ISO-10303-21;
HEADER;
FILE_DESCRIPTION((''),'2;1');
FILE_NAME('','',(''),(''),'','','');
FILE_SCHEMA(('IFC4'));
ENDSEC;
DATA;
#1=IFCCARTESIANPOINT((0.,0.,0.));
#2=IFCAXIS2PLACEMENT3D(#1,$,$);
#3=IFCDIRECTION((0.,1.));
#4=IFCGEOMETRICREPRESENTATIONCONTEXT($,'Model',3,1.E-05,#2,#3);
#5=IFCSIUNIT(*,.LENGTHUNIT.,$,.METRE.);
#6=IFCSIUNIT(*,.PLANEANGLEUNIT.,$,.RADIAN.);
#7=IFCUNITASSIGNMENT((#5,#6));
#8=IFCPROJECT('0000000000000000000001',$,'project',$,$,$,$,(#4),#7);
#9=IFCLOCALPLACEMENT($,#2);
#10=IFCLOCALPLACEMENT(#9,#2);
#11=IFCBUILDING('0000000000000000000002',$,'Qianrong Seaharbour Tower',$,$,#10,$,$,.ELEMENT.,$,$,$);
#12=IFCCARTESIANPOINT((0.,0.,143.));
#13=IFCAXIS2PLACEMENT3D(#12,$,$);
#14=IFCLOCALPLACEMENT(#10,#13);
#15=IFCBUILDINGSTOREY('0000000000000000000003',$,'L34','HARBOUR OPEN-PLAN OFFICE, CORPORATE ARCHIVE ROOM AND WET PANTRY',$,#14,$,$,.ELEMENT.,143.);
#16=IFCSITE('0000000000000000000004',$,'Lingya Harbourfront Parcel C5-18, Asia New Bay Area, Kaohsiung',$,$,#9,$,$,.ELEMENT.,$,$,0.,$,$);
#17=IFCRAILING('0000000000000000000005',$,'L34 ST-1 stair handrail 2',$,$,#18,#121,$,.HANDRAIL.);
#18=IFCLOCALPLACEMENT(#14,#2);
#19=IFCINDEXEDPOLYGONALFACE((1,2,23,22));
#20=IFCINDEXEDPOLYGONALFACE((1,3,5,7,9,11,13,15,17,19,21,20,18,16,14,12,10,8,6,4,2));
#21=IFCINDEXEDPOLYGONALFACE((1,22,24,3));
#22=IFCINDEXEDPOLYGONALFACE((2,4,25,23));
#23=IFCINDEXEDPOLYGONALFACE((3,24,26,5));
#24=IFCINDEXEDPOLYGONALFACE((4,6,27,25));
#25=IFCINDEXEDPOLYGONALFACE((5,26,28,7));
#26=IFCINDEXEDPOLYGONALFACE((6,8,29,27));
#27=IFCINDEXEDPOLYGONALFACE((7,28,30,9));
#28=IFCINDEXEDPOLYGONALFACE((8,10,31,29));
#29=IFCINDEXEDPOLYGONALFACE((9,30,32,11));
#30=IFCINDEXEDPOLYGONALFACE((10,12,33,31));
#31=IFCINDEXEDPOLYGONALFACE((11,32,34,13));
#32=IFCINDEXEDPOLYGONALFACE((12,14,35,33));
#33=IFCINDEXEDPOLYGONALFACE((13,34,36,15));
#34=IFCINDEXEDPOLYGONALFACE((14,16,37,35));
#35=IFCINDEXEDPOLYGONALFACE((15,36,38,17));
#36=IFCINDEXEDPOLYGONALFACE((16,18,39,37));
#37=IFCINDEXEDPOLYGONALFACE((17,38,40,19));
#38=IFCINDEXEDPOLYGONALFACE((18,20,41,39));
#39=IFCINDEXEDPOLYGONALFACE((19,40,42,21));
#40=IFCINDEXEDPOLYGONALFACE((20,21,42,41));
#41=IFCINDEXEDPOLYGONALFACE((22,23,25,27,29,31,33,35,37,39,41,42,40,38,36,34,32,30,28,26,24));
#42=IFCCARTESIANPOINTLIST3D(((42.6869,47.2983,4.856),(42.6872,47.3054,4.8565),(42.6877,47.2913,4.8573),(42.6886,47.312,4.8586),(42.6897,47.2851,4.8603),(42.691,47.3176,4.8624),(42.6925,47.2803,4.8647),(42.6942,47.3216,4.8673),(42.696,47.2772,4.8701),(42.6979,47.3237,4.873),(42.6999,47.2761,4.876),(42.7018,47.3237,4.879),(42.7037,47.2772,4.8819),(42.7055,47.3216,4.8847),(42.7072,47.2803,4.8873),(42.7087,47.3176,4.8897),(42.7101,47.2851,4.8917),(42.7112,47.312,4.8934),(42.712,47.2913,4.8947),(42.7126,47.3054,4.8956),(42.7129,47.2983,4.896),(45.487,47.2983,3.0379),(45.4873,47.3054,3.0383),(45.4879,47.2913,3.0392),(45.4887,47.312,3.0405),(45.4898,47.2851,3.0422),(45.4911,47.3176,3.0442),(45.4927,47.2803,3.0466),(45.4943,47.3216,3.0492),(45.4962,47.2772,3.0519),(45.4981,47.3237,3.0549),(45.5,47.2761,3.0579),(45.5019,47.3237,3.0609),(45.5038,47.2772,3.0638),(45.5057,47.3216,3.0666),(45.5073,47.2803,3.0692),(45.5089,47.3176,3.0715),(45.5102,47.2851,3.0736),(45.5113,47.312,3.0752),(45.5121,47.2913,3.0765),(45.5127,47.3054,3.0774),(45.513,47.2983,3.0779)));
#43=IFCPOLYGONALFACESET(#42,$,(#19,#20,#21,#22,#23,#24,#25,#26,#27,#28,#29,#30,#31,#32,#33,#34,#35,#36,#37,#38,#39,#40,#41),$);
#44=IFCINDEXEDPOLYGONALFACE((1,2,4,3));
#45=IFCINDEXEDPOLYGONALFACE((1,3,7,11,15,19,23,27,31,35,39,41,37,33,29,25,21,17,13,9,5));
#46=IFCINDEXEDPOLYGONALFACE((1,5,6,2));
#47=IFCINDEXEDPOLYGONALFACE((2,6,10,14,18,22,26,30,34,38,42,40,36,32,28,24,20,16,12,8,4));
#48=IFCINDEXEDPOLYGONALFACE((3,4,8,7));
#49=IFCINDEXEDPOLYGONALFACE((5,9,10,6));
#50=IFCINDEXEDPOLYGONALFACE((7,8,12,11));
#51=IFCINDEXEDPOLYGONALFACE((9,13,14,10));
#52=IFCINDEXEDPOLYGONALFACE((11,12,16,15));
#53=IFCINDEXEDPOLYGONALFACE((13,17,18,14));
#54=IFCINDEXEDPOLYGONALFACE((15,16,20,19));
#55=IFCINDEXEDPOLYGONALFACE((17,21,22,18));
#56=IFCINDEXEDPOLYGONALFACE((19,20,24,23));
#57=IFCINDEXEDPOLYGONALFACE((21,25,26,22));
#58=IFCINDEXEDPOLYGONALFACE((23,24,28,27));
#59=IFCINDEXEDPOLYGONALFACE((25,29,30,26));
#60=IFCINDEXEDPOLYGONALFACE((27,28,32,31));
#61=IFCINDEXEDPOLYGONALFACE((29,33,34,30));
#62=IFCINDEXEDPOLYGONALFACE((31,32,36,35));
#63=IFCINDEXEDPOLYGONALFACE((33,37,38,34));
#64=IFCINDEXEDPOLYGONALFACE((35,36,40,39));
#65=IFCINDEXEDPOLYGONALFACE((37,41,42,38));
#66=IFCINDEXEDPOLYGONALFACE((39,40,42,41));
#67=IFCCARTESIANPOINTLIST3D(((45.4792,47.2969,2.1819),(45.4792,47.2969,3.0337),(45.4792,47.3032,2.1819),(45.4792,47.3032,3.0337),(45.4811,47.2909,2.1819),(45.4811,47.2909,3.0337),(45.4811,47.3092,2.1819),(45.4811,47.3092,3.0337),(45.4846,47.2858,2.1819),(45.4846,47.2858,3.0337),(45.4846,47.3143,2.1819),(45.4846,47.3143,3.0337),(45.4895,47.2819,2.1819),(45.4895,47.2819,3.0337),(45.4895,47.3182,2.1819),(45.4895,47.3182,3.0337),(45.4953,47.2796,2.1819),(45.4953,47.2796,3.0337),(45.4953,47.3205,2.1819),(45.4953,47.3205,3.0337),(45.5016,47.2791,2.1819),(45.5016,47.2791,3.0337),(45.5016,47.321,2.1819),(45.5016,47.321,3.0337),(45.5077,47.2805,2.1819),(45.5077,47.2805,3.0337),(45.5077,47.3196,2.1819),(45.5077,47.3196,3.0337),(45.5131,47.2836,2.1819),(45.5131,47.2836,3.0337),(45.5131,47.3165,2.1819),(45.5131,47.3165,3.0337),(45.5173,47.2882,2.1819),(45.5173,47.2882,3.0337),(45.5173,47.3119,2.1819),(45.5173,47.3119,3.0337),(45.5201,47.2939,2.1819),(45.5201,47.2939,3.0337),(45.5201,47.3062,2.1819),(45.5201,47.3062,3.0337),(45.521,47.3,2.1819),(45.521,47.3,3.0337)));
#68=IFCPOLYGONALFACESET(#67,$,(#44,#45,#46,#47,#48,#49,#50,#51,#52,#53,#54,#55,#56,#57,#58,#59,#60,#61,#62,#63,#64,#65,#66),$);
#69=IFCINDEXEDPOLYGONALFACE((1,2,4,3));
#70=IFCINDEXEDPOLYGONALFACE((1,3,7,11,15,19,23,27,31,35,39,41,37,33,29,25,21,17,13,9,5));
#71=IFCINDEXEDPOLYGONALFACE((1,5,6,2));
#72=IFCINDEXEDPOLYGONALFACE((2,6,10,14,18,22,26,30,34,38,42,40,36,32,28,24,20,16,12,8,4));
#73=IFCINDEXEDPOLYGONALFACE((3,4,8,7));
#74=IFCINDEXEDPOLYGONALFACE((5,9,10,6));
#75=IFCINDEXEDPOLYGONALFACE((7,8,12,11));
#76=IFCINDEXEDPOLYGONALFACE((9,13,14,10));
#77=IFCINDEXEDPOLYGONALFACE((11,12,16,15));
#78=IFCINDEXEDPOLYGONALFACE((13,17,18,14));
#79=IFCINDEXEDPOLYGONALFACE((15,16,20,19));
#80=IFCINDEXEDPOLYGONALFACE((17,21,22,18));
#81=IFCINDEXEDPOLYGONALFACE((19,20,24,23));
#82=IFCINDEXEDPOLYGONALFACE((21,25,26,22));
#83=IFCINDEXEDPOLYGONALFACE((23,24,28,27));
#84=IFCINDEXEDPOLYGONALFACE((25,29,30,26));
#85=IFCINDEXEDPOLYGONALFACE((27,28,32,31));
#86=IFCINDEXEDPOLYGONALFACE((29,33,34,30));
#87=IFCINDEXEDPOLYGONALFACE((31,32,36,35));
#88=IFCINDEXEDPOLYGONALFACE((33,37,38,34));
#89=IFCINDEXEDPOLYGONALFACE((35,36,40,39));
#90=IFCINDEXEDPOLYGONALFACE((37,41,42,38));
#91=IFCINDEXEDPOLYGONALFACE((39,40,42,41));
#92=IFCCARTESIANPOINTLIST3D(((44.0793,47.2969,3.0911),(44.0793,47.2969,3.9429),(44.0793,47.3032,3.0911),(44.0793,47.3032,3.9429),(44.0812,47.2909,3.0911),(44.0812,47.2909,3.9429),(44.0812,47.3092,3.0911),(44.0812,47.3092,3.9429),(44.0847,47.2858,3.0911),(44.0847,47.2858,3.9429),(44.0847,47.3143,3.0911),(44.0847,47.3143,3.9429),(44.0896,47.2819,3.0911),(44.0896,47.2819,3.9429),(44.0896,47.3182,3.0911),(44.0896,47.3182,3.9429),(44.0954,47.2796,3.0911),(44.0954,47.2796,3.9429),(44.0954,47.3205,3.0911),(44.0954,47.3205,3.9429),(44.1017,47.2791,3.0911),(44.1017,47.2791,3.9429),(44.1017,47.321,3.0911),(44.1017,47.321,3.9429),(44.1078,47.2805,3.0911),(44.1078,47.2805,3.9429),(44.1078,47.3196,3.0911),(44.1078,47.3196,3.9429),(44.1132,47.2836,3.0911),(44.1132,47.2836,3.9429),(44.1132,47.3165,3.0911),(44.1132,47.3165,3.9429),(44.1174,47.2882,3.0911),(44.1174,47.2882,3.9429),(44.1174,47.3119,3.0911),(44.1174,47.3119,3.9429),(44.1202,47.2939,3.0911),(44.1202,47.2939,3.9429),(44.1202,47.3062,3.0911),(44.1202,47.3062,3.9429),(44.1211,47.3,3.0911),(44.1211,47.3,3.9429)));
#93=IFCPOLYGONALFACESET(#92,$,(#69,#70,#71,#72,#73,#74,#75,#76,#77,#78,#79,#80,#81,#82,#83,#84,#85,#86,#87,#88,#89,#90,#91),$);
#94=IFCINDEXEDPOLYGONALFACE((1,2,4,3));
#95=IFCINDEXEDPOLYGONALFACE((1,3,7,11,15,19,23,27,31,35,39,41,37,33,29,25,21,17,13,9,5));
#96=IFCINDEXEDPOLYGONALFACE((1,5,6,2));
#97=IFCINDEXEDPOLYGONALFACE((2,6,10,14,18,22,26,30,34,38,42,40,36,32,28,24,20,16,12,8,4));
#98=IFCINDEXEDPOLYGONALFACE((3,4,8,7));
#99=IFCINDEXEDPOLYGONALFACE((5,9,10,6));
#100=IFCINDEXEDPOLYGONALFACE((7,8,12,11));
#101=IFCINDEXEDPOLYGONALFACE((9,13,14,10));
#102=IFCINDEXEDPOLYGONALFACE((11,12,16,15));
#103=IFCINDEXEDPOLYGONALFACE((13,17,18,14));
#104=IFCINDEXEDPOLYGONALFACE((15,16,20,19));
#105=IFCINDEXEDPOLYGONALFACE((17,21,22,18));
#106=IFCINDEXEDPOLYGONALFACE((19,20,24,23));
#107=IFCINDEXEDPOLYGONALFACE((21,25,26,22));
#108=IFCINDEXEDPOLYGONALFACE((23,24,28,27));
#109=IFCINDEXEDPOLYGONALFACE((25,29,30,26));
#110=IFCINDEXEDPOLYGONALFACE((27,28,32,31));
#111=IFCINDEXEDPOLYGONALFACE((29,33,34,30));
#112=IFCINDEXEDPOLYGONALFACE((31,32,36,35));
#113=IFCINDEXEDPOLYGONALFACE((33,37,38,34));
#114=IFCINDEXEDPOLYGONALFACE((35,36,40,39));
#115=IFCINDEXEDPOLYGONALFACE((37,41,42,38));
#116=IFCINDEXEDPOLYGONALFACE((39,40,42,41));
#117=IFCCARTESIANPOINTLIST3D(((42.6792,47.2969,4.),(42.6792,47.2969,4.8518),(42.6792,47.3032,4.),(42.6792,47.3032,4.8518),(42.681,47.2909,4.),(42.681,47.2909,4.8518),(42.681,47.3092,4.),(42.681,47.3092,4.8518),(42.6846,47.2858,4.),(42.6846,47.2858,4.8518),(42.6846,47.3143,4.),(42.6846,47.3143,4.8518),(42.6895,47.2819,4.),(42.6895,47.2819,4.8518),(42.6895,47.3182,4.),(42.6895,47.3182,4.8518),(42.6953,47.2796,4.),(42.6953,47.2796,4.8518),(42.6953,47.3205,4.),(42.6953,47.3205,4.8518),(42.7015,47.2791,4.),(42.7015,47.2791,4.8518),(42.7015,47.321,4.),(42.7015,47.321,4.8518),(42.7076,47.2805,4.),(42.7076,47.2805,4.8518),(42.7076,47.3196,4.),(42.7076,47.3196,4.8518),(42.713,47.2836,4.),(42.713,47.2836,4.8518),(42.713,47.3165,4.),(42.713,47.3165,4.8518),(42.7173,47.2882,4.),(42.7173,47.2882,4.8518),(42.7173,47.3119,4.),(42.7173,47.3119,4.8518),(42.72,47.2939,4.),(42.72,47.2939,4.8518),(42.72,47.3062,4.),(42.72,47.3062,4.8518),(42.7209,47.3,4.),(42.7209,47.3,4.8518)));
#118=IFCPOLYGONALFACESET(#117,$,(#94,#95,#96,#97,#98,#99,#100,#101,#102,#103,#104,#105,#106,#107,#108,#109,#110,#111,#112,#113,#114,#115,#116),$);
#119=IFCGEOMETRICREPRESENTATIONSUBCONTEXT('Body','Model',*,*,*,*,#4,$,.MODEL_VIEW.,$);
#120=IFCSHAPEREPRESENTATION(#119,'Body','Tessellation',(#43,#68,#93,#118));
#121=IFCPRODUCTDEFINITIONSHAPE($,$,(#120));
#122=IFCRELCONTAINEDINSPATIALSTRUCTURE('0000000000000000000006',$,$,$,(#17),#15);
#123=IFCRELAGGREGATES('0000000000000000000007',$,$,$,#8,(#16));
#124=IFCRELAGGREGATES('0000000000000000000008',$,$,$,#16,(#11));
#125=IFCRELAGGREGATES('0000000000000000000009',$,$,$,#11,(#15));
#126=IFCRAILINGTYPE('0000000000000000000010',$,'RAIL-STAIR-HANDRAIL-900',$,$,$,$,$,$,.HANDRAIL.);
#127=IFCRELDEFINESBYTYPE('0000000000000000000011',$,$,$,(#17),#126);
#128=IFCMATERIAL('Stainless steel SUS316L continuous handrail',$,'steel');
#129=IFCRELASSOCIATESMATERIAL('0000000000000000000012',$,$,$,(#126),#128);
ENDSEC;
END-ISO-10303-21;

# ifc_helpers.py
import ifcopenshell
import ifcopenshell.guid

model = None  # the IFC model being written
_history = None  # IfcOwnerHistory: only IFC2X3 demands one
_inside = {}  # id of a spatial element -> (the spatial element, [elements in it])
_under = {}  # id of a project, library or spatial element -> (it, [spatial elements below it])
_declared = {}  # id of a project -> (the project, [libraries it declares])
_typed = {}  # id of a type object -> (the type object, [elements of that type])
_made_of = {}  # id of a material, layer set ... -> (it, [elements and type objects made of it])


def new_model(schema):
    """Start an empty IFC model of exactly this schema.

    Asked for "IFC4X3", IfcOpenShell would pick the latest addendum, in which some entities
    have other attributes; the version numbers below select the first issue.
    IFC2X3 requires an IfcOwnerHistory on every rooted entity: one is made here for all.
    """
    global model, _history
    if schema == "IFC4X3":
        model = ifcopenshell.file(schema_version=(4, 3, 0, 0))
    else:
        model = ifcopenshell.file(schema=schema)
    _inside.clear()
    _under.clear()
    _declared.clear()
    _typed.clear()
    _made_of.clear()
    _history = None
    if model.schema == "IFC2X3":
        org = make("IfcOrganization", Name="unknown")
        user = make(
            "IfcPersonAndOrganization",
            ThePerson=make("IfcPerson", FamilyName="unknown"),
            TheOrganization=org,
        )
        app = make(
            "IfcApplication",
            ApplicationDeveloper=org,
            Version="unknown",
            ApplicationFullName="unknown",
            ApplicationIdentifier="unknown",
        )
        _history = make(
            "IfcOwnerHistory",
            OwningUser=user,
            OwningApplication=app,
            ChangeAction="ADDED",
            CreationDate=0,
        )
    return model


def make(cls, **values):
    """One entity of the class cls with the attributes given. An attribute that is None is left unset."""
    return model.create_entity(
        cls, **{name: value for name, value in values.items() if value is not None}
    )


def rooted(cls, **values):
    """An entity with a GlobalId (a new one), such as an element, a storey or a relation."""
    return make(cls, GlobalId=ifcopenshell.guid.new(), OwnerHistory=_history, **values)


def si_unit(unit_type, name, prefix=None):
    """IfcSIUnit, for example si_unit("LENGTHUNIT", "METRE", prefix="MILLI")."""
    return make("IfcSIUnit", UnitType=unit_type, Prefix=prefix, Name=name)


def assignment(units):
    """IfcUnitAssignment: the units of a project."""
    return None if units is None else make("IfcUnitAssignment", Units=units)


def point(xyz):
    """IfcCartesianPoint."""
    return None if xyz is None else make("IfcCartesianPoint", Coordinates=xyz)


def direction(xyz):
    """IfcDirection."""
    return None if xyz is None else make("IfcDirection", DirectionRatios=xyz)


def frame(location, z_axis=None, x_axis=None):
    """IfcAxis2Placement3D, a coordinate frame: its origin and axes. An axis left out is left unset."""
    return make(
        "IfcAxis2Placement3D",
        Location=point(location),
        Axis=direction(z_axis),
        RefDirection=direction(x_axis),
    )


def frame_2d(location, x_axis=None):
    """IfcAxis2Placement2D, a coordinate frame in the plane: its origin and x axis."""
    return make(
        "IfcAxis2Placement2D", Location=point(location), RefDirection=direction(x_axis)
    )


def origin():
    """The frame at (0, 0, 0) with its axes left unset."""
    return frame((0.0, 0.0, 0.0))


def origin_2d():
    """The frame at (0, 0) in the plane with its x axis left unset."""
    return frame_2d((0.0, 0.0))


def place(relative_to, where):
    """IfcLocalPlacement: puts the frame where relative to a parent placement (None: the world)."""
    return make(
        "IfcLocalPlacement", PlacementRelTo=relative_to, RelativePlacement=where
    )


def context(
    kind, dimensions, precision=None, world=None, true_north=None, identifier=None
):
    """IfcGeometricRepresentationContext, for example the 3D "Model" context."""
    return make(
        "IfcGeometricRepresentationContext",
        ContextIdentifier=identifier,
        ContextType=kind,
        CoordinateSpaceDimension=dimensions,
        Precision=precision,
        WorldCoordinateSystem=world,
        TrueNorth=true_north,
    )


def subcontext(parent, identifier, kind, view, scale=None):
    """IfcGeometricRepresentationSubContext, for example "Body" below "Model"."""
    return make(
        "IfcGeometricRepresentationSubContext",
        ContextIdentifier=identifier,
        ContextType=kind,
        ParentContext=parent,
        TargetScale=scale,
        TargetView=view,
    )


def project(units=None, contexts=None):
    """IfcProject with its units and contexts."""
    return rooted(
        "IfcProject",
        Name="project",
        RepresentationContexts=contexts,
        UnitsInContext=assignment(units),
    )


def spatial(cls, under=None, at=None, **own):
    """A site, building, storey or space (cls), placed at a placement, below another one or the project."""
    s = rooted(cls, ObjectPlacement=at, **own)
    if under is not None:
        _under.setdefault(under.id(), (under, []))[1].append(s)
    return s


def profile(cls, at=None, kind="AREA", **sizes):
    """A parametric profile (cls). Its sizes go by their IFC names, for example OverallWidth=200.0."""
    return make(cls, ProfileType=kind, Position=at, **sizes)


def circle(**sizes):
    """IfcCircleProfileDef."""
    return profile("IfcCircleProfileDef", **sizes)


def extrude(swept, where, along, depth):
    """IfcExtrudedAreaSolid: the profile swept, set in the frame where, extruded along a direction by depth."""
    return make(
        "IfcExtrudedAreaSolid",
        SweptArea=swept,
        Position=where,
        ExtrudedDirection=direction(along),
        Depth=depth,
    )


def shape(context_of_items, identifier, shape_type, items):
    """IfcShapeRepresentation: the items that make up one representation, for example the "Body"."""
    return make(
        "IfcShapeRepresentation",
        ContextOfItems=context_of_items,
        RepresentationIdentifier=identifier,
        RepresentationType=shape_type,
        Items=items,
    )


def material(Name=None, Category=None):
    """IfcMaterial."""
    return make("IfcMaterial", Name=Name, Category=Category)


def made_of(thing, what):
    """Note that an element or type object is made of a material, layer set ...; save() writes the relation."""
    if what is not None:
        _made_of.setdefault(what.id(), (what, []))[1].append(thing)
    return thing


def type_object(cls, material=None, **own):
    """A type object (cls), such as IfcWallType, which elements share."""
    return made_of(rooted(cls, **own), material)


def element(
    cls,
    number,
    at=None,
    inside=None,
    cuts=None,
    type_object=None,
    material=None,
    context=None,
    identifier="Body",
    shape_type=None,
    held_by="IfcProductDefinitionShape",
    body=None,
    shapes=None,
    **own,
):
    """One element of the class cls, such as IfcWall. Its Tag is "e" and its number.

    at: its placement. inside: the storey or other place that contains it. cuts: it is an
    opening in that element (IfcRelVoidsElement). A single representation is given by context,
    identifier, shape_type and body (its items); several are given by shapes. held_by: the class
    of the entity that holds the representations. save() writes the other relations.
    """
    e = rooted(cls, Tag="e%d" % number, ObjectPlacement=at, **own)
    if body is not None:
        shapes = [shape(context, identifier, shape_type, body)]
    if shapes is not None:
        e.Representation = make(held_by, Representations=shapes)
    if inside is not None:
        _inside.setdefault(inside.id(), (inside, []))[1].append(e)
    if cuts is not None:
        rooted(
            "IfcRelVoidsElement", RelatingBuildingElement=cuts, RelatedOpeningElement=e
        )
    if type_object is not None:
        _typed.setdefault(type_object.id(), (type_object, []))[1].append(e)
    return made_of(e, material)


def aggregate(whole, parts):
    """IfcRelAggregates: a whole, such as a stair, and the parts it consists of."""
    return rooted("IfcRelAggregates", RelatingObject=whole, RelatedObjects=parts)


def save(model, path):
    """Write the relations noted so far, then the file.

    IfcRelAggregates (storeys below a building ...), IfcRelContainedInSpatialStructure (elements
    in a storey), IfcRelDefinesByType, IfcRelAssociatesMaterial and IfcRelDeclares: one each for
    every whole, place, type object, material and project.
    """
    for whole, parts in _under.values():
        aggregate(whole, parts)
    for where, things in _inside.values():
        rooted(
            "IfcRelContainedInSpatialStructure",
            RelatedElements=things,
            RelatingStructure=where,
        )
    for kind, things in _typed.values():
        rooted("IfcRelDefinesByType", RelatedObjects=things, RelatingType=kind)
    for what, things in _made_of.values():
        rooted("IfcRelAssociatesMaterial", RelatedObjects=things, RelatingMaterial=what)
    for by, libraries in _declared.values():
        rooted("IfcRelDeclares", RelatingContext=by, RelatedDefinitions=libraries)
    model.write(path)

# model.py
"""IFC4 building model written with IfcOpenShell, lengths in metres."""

from ifc_helpers import new_model, si_unit, direction, frame, origin, origin_2d, place, context, subcontext, project, spatial, circle, extrude, material, type_object, element, save


model = new_model("IFC4")

# Units and contexts
model_context = context("Model", 3, precision=1e-05, world=origin(), true_north=direction((0.0, 1.0)))
body_context = subcontext(model_context, "Body", "Model", "MODEL_VIEW")
ifc_project = project(units=[si_unit("LENGTHUNIT", "METRE"), si_unit("PLANEANGLEUNIT", "RADIAN")], contexts=[model_context])

# Site, building, storey
site_placement = place(None, origin())
site = spatial("IfcSite", under=ifc_project, at=site_placement, Name="Lingya Harbourfront Parcel C5-18, Asia New Bay Area, Kaohsiung", CompositionType="ELEMENT", RefElevation=0.0)
building_placement = place(site_placement, origin())
building = spatial("IfcBuilding", under=site, at=building_placement, Name="Qianrong Seaharbour Tower", CompositionType="ELEMENT")
storey_placement = place(building_placement, frame((0.0, 0.0, 143.0)))
storey = spatial("IfcBuildingStorey", under=building, at=storey_placement, Name="L34", Description="HARBOUR OPEN-PLAN OFFICE, CORPORATE ARCHIVE ROOM AND WET PANTRY", CompositionType="ELEMENT", Elevation=143.0)

# Railing
ifc_material_1 = material(Name="Stainless steel SUS316L continuous handrail", Category="steel")
railing_type_1 = type_object("IfcRailingType", Name="RAIL-STAIR-HANDRAIL-900", PredefinedType="HANDRAIL", material=ifc_material_1)
railing_1_placement = place(storey_placement, frame((45.5, 47.3, 2.1819)))
element("IfcRailing", 1, at=railing_1_placement, inside=storey, type_object=railing_type_1, Name="L34 ST-1 stair handrail 2", PredefinedType="HANDRAIL", context=body_context, shape_type="SweptSolid", body=[
    extrude(circle(Radius=0.0239, at=origin_2d()), frame((0.0, 0.0, 0.876), z_axis=(-0.838706, 0.0, 0.544585), x_axis=(0.0, -1.0, 0.0)), (0.0, 0.0, 1.0), 3.3386),
    extrude(circle(Radius=0.021, at=origin_2d()), origin(), (0.0, 0.0, 1.0), 0.8518),
    extrude(circle(Radius=0.021, at=origin_2d()), frame((-1.3999, 0.0, 0.9092)), (0.0, 0.0, 1.0), 0.8518),
    extrude(circle(Radius=0.021, at=origin_2d()), frame((-2.8, 0.0, 1.8181)), (0.0, 0.0, 1.0), 0.8518),
])

save(model, "model.ifc")
